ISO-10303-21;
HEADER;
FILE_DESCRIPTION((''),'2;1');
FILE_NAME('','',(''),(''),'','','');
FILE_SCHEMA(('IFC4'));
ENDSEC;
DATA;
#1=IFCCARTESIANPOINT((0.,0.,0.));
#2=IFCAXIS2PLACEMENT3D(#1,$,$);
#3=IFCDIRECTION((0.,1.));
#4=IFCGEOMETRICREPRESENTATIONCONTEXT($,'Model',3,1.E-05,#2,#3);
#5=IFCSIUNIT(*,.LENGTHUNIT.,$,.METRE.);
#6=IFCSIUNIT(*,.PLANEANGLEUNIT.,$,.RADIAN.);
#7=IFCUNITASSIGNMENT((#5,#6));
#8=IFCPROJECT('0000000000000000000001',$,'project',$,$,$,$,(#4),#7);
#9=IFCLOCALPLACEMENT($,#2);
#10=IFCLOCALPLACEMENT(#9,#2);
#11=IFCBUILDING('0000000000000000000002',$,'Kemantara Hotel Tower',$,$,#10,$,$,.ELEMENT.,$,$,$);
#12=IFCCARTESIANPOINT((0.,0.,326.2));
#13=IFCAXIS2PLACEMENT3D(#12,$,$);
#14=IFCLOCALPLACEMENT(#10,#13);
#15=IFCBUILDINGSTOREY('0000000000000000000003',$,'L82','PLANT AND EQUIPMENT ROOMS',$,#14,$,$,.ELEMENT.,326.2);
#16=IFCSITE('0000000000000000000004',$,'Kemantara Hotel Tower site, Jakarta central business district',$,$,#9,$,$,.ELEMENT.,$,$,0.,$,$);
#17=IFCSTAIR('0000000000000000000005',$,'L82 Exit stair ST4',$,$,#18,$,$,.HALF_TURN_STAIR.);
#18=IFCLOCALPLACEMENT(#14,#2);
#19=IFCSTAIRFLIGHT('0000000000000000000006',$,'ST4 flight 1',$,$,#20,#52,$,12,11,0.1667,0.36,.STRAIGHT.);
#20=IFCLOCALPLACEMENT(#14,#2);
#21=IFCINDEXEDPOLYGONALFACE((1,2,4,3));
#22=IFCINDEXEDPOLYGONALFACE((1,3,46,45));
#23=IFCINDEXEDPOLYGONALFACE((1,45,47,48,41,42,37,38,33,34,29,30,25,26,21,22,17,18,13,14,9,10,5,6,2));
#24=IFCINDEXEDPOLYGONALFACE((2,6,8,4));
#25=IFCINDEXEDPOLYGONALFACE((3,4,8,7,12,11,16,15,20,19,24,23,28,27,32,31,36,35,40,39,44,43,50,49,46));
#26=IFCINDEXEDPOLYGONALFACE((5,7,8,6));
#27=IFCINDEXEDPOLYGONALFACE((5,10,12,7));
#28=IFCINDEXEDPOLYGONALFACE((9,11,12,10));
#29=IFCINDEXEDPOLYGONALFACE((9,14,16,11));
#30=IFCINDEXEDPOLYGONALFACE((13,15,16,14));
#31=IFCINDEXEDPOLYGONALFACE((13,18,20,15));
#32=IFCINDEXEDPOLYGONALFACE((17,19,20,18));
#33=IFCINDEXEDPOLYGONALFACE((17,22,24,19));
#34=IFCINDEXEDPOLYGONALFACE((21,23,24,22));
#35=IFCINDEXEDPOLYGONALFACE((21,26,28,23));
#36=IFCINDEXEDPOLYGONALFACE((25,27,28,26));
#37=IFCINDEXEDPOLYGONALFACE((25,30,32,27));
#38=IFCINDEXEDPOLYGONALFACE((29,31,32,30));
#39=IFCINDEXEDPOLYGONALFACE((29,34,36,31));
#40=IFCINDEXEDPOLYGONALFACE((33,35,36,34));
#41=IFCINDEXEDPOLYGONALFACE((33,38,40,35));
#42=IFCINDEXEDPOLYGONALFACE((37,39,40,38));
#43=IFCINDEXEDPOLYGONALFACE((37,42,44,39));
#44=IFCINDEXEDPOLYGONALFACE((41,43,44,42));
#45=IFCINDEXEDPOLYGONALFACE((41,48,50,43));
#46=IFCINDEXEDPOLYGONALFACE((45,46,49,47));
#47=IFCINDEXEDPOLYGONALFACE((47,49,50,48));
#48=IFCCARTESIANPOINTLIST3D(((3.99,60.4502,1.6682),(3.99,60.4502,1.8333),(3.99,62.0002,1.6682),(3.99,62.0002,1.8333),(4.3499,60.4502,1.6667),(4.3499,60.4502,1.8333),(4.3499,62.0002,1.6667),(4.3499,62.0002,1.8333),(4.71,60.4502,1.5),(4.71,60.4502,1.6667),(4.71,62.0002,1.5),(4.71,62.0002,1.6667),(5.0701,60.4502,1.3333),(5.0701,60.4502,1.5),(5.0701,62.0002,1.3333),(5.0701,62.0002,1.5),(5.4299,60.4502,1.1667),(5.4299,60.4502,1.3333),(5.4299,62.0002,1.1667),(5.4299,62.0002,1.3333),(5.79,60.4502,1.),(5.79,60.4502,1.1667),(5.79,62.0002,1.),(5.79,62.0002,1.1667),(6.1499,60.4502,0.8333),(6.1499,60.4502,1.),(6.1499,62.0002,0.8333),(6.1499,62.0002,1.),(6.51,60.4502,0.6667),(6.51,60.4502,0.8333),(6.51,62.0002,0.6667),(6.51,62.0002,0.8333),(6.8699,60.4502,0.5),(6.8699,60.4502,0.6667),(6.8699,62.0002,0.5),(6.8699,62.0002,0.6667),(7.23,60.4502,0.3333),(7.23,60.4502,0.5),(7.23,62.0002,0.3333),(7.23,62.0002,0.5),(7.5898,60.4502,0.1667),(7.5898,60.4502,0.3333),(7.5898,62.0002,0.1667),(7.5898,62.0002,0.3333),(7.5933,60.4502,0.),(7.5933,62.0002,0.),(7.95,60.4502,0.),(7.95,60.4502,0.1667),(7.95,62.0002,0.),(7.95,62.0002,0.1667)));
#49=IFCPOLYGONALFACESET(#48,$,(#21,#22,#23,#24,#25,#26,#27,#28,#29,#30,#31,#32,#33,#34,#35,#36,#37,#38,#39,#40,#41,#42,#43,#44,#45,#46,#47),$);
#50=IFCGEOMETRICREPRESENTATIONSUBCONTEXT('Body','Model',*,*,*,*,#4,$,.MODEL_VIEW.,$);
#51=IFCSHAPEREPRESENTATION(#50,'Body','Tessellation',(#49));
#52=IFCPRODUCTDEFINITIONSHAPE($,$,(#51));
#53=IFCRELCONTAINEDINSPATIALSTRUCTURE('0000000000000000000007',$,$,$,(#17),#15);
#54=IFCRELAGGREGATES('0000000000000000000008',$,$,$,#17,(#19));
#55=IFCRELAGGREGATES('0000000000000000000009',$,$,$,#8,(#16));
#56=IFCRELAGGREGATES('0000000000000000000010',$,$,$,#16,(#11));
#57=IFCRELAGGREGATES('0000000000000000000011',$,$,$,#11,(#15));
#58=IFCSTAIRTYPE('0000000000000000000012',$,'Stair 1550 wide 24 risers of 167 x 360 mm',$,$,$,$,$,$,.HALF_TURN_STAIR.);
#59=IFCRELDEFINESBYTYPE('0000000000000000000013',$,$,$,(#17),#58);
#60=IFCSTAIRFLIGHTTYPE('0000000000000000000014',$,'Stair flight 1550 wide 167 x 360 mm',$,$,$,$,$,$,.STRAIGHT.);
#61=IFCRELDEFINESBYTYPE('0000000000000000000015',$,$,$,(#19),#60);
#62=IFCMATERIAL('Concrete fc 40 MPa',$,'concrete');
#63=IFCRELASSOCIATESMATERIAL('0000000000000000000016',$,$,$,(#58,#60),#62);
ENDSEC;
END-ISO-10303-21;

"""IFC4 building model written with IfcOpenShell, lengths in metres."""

from ifc_helpers import new_model, si_unit, direction, frame, origin, place, context, subcontext, project, spatial, polyline, outline, extrude, material, type_object, element, aggregate, save


model = new_model("IFC4")

# Units and contexts
model_context = context("Model", 3, precision=1e-05, world=origin(), true_north=direction((0.0, 1.0)))
body_context = subcontext(model_context, "Body", "Model", "MODEL_VIEW")
ifc_project = project(units=[si_unit("LENGTHUNIT", "METRE"), si_unit("PLANEANGLEUNIT", "RADIAN")], contexts=[model_context])

# Site, building, storey
site_placement = place(None, origin())
site = spatial("IfcSite", under=ifc_project, at=site_placement, Name="Kemantara Hotel Tower site, Jakarta central business district", CompositionType="ELEMENT", RefElevation=0.0)
building_placement = place(site_placement, origin())
building = spatial("IfcBuilding", under=site, at=building_placement, Name="Kemantara Hotel Tower", CompositionType="ELEMENT")
storey_placement = place(building_placement, frame((0.0, 0.0, 326.2)))
storey = spatial("IfcBuildingStorey", under=building, at=storey_placement, Name="L82", Description="PLANT AND EQUIPMENT ROOMS", CompositionType="ELEMENT", Elevation=326.2)

# Shared definitions
ifc_material_1 = material(Name="Concrete fc 40 MPa", Category="concrete")

# Stair, stair flight
stair_type = type_object("IfcStairType", Name="Stair 1550 wide 24 risers of 167 x 360 mm", PredefinedType="HALF_TURN_STAIR", material=ifc_material_1)
stair_placement = place(storey_placement, origin())
stair = element("IfcStair", 1, at=stair_placement, inside=storey, type_object=stair_type, Name="L82 Exit stair ST4", PredefinedType="HALF_TURN_STAIR")
stair_flight_type = type_object("IfcStairFlightType", Name="Stair flight 1550 wide 167 x 360 mm", PredefinedType="STRAIGHT", material=ifc_material_1)
stair_flight_placement = place(storey_placement, frame((7.95, 61.2251, 0.0), z_axis=(0.0, 0.0, 1.0), x_axis=(-1.0, 0.0, 0.0)))
stair_flight = element("IfcStairFlight", 2, at=stair_flight_placement, type_object=stair_flight_type, Name="ST4 flight 1", NumberOfRisers=12, NumberOfTreads=11, PredefinedType="STRAIGHT", RiserHeight=0.1667, TreadLength=0.36, context=body_context, shape_type="SweptSolid", body=[
    extrude(outline(polyline([(0.0, 0.0), (0.0, 0.1667), (0.3601, 0.1667), (0.3601, 0.3333), (0.72, 0.3333), (0.72, 0.5), (1.0801, 0.5), (1.0801, 0.6667), (1.4399, 0.6667), (1.4399, 0.8333), (1.8, 0.8333), (1.8, 1.0), (2.1599, 1.0), (2.1599, 1.1667), (2.52, 1.1667), (2.52, 1.3333), (2.8799, 1.3333), (2.8799, 1.5), (3.24, 1.5), (3.24, 1.6667), (3.6001, 1.6667), (3.6001, 1.8333), (3.96, 1.8333), (3.96, 2.0), (3.96, 1.6682), (0.3567, 0.0), (0.0, 0.0)])), frame((0.0, 0.7749, 0.0), z_axis=(0.0, -1.0, 0.0), x_axis=(1.0, 0.0, 0.0)), (0.0, 0.0, 1.0), 1.55),
])
aggregate(stair, [stair_flight])

save(model, "model.ifc")
